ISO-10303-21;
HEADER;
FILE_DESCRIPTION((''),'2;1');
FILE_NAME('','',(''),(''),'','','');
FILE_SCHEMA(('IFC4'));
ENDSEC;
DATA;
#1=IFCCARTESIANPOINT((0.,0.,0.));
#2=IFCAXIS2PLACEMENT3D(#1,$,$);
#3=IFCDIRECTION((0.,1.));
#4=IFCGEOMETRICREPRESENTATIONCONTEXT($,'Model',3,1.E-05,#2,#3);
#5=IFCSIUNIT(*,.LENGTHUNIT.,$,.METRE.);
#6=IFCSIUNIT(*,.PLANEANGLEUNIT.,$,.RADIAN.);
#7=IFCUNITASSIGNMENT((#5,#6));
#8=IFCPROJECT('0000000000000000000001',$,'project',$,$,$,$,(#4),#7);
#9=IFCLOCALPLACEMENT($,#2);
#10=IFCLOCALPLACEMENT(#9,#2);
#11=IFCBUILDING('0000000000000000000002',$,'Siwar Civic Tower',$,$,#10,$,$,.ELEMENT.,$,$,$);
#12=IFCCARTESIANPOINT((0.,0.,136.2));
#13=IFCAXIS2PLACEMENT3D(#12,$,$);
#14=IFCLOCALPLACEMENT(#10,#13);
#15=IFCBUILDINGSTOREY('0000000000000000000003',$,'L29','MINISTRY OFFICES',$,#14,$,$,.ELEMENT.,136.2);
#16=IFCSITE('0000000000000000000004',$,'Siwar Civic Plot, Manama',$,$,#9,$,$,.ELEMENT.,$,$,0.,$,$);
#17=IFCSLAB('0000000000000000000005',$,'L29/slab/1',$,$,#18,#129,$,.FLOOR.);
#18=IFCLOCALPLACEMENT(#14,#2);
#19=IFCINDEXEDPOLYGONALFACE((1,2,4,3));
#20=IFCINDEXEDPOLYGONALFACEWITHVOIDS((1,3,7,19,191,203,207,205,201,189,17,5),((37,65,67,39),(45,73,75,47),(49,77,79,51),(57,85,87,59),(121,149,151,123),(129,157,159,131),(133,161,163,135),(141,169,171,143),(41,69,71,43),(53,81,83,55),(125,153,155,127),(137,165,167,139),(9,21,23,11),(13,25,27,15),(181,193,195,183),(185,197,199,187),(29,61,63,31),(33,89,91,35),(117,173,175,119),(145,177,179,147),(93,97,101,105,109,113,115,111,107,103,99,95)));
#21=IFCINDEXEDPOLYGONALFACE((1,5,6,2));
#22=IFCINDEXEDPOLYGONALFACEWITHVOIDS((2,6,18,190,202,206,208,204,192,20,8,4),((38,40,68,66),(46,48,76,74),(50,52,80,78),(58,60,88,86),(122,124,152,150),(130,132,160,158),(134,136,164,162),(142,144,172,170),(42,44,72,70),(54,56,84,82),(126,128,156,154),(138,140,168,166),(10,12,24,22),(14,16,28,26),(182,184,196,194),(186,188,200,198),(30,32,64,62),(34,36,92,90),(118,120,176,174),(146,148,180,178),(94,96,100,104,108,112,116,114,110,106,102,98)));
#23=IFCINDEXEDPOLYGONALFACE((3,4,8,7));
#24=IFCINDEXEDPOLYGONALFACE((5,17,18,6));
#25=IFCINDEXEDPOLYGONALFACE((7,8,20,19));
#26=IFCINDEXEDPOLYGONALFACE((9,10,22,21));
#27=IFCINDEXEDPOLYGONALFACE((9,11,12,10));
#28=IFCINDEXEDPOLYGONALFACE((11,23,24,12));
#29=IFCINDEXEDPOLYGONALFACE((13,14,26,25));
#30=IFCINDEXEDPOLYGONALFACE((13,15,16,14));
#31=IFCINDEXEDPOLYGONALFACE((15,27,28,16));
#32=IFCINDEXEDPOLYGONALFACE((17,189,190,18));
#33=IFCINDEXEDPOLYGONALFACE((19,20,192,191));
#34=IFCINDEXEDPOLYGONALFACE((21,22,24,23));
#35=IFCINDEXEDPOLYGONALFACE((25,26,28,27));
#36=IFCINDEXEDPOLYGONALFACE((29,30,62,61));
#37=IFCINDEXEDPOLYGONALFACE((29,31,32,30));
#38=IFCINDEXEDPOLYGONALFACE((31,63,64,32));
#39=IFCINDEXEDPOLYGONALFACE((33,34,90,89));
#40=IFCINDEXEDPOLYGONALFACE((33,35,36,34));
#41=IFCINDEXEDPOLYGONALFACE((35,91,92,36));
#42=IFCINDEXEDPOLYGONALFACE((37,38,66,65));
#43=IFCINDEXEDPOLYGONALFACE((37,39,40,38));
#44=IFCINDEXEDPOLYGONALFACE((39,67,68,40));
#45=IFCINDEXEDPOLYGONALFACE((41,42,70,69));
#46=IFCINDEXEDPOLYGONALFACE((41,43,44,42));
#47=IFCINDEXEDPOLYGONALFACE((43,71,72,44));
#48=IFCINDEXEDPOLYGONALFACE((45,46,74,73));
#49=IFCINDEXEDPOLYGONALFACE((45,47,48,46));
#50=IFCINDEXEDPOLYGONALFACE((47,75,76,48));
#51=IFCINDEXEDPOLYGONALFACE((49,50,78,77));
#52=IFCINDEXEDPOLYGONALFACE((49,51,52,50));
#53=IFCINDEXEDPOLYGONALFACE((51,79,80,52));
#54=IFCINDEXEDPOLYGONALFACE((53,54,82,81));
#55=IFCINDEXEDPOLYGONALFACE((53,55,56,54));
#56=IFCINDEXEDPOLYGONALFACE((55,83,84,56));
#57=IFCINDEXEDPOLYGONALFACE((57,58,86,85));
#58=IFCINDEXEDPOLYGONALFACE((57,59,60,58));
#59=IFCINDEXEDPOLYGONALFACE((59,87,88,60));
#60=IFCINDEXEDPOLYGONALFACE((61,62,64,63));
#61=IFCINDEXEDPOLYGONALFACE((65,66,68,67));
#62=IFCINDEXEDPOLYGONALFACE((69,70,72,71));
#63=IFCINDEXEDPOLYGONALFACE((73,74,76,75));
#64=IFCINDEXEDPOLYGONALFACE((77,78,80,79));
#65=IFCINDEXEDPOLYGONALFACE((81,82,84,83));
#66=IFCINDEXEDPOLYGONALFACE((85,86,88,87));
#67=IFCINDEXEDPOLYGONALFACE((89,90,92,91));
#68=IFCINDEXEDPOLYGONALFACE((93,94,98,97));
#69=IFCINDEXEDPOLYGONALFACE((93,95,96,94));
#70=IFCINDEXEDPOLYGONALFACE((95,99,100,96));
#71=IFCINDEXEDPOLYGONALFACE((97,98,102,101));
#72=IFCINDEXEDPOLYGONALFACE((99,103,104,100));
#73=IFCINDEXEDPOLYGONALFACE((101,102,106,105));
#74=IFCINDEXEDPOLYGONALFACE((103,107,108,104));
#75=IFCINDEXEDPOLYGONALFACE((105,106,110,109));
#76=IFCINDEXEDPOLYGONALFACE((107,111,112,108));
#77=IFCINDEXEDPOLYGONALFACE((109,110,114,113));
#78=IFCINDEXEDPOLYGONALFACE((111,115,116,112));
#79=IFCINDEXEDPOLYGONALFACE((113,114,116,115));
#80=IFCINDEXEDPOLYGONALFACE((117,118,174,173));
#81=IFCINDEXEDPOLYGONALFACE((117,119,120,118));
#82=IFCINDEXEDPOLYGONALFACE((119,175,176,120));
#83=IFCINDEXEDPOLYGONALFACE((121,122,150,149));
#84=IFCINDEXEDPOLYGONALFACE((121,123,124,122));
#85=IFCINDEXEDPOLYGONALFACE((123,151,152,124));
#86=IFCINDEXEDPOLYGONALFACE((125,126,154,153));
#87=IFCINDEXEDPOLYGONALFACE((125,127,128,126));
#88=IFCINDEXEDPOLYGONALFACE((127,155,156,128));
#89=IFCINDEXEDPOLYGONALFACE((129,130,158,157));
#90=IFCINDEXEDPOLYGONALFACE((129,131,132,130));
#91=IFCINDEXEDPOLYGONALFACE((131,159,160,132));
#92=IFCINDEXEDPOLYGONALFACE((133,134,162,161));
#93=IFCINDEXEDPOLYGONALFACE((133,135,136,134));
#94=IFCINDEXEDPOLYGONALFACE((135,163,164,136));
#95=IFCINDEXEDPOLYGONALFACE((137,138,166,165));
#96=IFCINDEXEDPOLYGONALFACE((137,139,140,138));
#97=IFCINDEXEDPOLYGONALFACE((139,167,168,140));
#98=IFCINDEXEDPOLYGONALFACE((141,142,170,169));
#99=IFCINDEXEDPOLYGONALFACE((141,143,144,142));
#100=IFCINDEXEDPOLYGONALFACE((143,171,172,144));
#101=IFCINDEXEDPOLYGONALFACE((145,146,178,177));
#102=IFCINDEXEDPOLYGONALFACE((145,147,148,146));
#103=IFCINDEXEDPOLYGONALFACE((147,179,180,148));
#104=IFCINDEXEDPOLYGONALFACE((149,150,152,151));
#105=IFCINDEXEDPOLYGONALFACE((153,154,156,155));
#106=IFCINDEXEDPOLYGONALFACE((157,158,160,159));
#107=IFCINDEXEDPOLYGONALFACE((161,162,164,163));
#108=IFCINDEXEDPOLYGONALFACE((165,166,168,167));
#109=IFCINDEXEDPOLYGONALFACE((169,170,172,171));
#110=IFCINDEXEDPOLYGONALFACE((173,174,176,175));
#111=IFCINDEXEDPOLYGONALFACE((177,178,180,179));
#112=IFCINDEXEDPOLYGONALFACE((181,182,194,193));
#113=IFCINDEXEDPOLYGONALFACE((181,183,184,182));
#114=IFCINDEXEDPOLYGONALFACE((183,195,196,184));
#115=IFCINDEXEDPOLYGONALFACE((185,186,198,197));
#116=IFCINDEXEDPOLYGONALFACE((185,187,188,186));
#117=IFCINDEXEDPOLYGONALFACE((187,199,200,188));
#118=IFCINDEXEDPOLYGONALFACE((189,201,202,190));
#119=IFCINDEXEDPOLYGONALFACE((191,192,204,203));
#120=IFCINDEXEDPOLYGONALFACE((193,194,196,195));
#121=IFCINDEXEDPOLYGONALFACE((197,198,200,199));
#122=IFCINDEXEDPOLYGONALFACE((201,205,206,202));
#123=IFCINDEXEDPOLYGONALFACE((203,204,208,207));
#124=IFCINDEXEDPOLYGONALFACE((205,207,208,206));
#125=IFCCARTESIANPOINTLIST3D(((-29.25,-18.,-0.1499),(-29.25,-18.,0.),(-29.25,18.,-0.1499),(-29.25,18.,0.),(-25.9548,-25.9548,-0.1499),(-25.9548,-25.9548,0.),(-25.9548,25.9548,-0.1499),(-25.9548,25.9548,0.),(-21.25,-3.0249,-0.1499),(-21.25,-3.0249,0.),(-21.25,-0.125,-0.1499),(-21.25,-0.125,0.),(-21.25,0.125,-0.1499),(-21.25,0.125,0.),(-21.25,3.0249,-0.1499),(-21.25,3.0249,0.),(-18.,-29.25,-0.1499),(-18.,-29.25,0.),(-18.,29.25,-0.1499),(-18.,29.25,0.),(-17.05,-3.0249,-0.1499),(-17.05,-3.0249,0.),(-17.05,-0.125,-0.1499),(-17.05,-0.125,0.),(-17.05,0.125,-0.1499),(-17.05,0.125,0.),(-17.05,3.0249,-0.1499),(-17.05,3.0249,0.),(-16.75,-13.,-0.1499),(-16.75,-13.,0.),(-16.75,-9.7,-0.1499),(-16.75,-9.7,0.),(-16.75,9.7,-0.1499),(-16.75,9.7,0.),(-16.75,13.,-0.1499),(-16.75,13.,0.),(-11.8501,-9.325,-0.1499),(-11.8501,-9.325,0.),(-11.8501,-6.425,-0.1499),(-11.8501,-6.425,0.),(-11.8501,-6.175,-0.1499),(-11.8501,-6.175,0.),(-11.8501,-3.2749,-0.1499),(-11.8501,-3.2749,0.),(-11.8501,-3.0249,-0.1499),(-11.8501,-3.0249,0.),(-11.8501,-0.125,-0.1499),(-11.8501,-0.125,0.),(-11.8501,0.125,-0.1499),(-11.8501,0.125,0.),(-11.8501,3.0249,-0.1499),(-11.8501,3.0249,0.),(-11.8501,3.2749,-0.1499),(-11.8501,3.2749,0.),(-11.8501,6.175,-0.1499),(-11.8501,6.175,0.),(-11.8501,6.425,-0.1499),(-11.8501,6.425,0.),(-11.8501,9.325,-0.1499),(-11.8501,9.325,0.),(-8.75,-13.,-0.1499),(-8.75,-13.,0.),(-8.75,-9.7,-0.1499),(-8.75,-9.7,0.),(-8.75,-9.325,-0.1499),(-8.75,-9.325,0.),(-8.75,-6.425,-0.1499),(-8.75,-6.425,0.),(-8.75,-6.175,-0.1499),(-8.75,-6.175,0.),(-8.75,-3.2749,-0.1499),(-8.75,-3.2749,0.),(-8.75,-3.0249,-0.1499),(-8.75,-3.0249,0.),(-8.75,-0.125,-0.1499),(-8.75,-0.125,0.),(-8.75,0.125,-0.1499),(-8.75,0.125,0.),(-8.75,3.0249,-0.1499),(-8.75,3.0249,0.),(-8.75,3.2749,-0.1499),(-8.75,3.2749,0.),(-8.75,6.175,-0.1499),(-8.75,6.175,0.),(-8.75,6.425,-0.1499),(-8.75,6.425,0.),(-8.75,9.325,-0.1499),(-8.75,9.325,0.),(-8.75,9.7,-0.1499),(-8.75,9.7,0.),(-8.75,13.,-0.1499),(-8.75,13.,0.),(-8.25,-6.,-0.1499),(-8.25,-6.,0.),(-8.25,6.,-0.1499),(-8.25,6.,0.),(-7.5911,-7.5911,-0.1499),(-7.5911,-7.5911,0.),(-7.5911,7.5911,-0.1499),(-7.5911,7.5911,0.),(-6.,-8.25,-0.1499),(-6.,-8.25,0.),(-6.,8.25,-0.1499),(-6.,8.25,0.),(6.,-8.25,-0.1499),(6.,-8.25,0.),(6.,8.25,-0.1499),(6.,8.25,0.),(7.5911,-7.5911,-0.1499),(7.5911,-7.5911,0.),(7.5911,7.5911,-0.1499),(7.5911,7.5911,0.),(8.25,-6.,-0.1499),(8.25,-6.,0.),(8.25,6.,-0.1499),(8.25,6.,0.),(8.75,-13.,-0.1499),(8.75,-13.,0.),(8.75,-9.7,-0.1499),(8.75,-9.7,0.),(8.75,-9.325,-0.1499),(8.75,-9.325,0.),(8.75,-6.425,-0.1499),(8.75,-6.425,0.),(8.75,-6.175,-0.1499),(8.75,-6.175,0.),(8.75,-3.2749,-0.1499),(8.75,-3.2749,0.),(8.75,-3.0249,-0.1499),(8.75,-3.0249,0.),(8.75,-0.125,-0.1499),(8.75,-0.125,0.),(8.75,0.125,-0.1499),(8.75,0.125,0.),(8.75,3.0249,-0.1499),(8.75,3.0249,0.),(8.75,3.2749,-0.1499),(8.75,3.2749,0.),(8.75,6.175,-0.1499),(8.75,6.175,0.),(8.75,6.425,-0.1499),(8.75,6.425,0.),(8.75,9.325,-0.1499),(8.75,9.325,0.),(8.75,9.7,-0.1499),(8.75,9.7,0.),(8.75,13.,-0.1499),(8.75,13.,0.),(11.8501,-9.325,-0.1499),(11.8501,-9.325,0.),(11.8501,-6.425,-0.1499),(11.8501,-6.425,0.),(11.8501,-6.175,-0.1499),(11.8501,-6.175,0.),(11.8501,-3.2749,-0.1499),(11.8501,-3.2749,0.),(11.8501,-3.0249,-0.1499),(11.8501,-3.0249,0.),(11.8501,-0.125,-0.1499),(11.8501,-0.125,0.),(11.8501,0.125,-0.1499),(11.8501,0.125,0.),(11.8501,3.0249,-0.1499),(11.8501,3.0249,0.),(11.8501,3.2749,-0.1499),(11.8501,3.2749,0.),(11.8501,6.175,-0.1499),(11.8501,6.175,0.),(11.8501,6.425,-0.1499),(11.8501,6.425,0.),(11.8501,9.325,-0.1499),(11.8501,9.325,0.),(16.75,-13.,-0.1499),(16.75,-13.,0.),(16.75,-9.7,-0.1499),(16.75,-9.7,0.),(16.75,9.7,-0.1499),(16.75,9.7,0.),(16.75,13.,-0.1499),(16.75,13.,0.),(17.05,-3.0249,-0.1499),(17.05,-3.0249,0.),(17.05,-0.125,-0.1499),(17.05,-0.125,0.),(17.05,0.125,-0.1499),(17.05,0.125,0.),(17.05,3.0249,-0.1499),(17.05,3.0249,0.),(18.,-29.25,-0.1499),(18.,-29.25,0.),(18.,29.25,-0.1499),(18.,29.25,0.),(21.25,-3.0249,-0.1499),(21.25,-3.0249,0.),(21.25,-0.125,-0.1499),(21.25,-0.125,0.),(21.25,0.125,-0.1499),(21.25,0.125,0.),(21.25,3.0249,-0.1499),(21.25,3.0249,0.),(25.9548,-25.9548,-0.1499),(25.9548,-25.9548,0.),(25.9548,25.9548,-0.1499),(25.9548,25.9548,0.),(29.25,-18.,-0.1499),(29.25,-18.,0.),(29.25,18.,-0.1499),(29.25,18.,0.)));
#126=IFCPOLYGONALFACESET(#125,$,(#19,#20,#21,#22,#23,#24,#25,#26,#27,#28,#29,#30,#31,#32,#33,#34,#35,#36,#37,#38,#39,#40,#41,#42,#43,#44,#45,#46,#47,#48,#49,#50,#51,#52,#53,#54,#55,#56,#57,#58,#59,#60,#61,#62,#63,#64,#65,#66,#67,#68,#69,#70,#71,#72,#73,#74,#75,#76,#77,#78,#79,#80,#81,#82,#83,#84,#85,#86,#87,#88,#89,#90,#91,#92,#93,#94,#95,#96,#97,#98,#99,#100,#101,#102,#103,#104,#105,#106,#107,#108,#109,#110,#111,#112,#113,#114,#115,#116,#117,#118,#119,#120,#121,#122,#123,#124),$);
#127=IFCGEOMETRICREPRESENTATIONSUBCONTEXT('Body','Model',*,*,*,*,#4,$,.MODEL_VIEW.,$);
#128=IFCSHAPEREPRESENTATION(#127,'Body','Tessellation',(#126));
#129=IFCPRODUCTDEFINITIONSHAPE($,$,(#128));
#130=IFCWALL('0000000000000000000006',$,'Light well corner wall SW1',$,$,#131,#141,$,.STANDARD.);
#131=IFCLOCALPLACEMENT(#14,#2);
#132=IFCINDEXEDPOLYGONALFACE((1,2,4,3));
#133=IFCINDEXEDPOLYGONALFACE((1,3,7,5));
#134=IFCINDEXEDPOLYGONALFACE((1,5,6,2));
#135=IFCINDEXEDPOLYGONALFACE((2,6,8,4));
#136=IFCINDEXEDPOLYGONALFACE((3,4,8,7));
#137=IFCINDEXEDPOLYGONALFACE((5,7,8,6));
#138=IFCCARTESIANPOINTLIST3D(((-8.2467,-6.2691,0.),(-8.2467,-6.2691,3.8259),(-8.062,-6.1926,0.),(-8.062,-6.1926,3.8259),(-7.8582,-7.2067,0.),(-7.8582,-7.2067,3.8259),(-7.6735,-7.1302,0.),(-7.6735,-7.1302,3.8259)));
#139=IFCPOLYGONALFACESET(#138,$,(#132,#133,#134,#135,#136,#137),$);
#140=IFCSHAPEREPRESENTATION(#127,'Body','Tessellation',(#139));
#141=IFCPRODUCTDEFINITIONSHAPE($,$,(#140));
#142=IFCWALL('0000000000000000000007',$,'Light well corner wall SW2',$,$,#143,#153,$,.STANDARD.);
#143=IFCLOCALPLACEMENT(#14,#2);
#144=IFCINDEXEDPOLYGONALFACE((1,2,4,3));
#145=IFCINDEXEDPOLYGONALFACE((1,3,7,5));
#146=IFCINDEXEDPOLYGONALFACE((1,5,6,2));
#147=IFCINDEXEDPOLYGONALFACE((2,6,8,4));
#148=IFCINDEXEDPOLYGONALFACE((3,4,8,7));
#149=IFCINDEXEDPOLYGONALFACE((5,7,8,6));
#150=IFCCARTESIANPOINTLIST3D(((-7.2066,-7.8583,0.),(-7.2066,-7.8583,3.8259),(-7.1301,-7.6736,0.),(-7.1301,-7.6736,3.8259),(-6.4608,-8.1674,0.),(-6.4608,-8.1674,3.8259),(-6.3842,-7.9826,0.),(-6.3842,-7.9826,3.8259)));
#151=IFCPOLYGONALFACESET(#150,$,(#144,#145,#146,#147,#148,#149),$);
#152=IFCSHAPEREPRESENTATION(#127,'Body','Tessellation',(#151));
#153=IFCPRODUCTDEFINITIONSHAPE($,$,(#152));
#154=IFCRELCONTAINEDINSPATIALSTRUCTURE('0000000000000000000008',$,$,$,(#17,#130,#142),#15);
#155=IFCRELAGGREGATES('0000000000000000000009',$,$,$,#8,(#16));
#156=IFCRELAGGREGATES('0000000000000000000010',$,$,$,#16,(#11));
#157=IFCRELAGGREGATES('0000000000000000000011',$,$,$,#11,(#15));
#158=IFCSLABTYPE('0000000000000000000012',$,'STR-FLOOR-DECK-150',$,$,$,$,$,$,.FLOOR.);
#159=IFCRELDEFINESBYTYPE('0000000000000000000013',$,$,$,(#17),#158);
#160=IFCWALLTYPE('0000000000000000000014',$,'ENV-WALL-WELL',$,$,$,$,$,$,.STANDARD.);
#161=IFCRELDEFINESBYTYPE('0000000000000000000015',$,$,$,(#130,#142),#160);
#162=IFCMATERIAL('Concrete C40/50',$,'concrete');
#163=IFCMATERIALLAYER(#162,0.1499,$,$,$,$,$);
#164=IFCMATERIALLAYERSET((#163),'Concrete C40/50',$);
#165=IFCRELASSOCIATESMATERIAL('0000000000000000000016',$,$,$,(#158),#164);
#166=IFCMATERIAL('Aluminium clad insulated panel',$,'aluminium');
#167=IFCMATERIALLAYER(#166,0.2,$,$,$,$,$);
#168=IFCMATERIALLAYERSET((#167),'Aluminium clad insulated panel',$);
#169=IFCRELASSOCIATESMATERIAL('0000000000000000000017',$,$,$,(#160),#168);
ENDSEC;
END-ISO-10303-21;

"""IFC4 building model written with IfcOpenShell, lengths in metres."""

from ifc_helpers import new_model, si_unit, direction, frame, frame_2d, origin, place, context, subcontext, project, spatial, polyline, rectangle, outline, extrude, material, layer, layer_set, type_object, element, save


model = new_model("IFC4")

# Units and contexts
model_context = context("Model", 3, precision=1e-05, world=origin(), true_north=direction((0.0, 1.0)))
body_context = subcontext(model_context, "Body", "Model", "MODEL_VIEW")
ifc_project = project(units=[si_unit("LENGTHUNIT", "METRE"), si_unit("PLANEANGLEUNIT", "RADIAN")], contexts=[model_context])

# Site, building, storey
site_placement = place(None, origin())
site = spatial("IfcSite", under=ifc_project, at=site_placement, Name="Siwar Civic Plot, Manama", CompositionType="ELEMENT", RefElevation=0.0)
building_placement = place(site_placement, origin())
building = spatial("IfcBuilding", under=site, at=building_placement, Name="Siwar Civic Tower", CompositionType="ELEMENT")
storey_placement = place(building_placement, frame((0.0, 0.0, 136.2)))
storey = spatial("IfcBuildingStorey", under=building, at=storey_placement, Name="L29", Description="MINISTRY OFFICES", CompositionType="ELEMENT", Elevation=136.2)

# Slab
ifc_material_1 = material(Name="Concrete C40/50", Category="concrete")
ifc_layer_1 = layer(ifc_material_1, 0.1499)
ifc_layer_set_1 = layer_set([ifc_layer_1], Name="Concrete C40/50")
slab_type = type_object("IfcSlabType", Name="STR-FLOOR-DECK-150", PredefinedType="FLOOR", material=ifc_layer_set_1)
slab_placement = place(storey_placement, frame((0.0, 0.0, -0.1499)))
element("IfcSlab", 1, at=slab_placement, inside=storey, type_object=slab_type, Name="L29/slab/1", PredefinedType="FLOOR", context=body_context, shape_type="SweptSolid", body=[
    extrude(outline(polyline([(-18.0, -29.25), (18.0, -29.25), (25.9548, -25.9548), (29.25, -18.0), (29.25, 18.0), (25.9548, 25.9548), (18.0, 29.25), (-18.0, 29.25), (-25.9548, 25.9548), (-29.25, 18.0), (-29.25, -18.0), (-25.9548, -25.9548), (-18.0, -29.25)]), holes=[polyline([(21.25, 3.0249), (21.25, 0.125), (17.05, 0.125), (17.05, 3.0249), (21.25, 3.0249)]), polyline([(17.05, -0.125), (21.25, -0.125), (21.25, -3.0249), (17.05, -3.0249), (17.05, -0.125)]), polyline([(16.75, 13.0), (16.75, 9.7), (8.75, 9.7), (8.75, 13.0), (16.75, 13.0)]), polyline([(8.75, -9.7), (16.75, -9.7), (16.75, -13.0), (8.75, -13.0), (8.75, -9.7)]), polyline([(11.8501, 9.325), (11.8501, 6.425), (8.75, 6.425), (8.75, 9.325), (11.8501, 9.325)]), polyline([(11.8501, 3.0249), (11.8501, 0.125), (8.75, 0.125), (8.75, 3.0249), (11.8501, 3.0249)]), polyline([(11.8501, -0.125), (11.8501, -3.0249), (8.75, -3.0249), (8.75, -0.125), (11.8501, -0.125)]), polyline([(11.8501, -3.2749), (11.8501, -6.175), (8.75, -6.175), (8.75, -3.2749), (11.8501, -3.2749)]), polyline([(8.75, 6.175), (11.8501, 6.175), (11.8501, 3.2749), (8.75, 3.2749), (8.75, 6.175)]), polyline([(8.75, -6.425), (11.8501, -6.425), (11.8501, -9.325), (8.75, -9.325), (8.75, -6.425)]), polyline([(-6.0, 8.25), (6.0, 8.25), (7.5911, 7.5911), (8.25, 6.0), (8.25, -6.0), (7.5911, -7.5911), (6.0, -8.25), (-6.0, -8.25), (-7.5911, -7.5911), (-8.25, -6.0), (-8.25, 6.0), (-7.5911, 7.5911), (-6.0, 8.25)]), polyline([(-8.75, 9.7), (-16.75, 9.7), (-16.75, 13.0), (-8.75, 13.0), (-8.75, 9.7)]), polyline([(-8.75, 0.125), (-11.8501, 0.125), (-11.8501, 3.0249), (-8.75, 3.0249), (-8.75, 0.125)]), polyline([(-8.75, -6.175), (-11.8501, -6.175), (-11.8501, -3.2749), (-8.75, -3.2749), (-8.75, -6.175)]), polyline([(-8.75, -9.325), (-11.8501, -9.325), (-11.8501, -6.425), (-8.75, -6.425), (-8.75, -9.325)]), polyline([(-8.75, -13.0), (-16.75, -13.0), (-16.75, -9.7), (-8.75, -9.7), (-8.75, -13.0)]), polyline([(-11.8501, 6.425), (-11.8501, 9.325), (-8.75, 9.325), (-8.75, 6.425), (-11.8501, 6.425)]), polyline([(-11.8501, 3.2749), (-11.8501, 6.175), (-8.75, 6.175), (-8.75, 3.2749), (-11.8501, 3.2749)]), polyline([(-11.8501, -3.0249), (-11.8501, -0.125), (-8.75, -0.125), (-8.75, -3.0249), (-11.8501, -3.0249)]), polyline([(-21.25, -3.0249), (-21.25, -0.125), (-17.05, -0.125), (-17.05, -3.0249), (-21.25, -3.0249)]), polyline([(-17.05, 0.125), (-21.25, 0.125), (-21.25, 3.0249), (-17.05, 3.0249), (-17.05, 0.125)])]), origin(), (0.0, 0.0, 1.0), 0.1499),
])

# Walls
ifc_material_2 = material(Name="Aluminium clad insulated panel", Category="aluminium")
ifc_layer_2 = layer(ifc_material_2, 0.2)
ifc_layer_set_2 = layer_set([ifc_layer_2], Name="Aluminium clad insulated panel")
wall_type = type_object("IfcWallType", Name="ENV-WALL-WELL", PredefinedType="STANDARD", material=ifc_layer_set_2)
wall_1_placement = place(storey_placement, frame((-8.1543, -6.231, 0.0), z_axis=(0.0, 0.0, 1.0), x_axis=(0.38277, -0.923844, 0.0)))
element("IfcWall", 2, at=wall_1_placement, inside=storey, type_object=wall_type, Name="Light well corner wall SW1", PredefinedType="STANDARD", context=body_context, shape_type="SweptSolid", body=[
    extrude(rectangle(XDim=1.0149, YDim=0.2, at=frame_2d((0.5073, 0.0))), origin(), (0.0, 0.0, 1.0), 3.8259),
])
wall_2_placement = place(storey_placement, frame((-7.1685, -7.7659, 0.0), z_axis=(0.0, 0.0, 1.0), x_axis=(0.923818, -0.382833, 0.0)))
element("IfcWall", 3, at=wall_2_placement, inside=storey, type_object=wall_type, Name="Light well corner wall SW2", PredefinedType="STANDARD", context=body_context, shape_type="SweptSolid", body=[
    extrude(rectangle(XDim=0.8074, YDim=0.2, at=frame_2d((0.4038, 0.0))), origin(), (0.0, 0.0, 1.0), 3.8259),
])

save(model, "model.ifc")
